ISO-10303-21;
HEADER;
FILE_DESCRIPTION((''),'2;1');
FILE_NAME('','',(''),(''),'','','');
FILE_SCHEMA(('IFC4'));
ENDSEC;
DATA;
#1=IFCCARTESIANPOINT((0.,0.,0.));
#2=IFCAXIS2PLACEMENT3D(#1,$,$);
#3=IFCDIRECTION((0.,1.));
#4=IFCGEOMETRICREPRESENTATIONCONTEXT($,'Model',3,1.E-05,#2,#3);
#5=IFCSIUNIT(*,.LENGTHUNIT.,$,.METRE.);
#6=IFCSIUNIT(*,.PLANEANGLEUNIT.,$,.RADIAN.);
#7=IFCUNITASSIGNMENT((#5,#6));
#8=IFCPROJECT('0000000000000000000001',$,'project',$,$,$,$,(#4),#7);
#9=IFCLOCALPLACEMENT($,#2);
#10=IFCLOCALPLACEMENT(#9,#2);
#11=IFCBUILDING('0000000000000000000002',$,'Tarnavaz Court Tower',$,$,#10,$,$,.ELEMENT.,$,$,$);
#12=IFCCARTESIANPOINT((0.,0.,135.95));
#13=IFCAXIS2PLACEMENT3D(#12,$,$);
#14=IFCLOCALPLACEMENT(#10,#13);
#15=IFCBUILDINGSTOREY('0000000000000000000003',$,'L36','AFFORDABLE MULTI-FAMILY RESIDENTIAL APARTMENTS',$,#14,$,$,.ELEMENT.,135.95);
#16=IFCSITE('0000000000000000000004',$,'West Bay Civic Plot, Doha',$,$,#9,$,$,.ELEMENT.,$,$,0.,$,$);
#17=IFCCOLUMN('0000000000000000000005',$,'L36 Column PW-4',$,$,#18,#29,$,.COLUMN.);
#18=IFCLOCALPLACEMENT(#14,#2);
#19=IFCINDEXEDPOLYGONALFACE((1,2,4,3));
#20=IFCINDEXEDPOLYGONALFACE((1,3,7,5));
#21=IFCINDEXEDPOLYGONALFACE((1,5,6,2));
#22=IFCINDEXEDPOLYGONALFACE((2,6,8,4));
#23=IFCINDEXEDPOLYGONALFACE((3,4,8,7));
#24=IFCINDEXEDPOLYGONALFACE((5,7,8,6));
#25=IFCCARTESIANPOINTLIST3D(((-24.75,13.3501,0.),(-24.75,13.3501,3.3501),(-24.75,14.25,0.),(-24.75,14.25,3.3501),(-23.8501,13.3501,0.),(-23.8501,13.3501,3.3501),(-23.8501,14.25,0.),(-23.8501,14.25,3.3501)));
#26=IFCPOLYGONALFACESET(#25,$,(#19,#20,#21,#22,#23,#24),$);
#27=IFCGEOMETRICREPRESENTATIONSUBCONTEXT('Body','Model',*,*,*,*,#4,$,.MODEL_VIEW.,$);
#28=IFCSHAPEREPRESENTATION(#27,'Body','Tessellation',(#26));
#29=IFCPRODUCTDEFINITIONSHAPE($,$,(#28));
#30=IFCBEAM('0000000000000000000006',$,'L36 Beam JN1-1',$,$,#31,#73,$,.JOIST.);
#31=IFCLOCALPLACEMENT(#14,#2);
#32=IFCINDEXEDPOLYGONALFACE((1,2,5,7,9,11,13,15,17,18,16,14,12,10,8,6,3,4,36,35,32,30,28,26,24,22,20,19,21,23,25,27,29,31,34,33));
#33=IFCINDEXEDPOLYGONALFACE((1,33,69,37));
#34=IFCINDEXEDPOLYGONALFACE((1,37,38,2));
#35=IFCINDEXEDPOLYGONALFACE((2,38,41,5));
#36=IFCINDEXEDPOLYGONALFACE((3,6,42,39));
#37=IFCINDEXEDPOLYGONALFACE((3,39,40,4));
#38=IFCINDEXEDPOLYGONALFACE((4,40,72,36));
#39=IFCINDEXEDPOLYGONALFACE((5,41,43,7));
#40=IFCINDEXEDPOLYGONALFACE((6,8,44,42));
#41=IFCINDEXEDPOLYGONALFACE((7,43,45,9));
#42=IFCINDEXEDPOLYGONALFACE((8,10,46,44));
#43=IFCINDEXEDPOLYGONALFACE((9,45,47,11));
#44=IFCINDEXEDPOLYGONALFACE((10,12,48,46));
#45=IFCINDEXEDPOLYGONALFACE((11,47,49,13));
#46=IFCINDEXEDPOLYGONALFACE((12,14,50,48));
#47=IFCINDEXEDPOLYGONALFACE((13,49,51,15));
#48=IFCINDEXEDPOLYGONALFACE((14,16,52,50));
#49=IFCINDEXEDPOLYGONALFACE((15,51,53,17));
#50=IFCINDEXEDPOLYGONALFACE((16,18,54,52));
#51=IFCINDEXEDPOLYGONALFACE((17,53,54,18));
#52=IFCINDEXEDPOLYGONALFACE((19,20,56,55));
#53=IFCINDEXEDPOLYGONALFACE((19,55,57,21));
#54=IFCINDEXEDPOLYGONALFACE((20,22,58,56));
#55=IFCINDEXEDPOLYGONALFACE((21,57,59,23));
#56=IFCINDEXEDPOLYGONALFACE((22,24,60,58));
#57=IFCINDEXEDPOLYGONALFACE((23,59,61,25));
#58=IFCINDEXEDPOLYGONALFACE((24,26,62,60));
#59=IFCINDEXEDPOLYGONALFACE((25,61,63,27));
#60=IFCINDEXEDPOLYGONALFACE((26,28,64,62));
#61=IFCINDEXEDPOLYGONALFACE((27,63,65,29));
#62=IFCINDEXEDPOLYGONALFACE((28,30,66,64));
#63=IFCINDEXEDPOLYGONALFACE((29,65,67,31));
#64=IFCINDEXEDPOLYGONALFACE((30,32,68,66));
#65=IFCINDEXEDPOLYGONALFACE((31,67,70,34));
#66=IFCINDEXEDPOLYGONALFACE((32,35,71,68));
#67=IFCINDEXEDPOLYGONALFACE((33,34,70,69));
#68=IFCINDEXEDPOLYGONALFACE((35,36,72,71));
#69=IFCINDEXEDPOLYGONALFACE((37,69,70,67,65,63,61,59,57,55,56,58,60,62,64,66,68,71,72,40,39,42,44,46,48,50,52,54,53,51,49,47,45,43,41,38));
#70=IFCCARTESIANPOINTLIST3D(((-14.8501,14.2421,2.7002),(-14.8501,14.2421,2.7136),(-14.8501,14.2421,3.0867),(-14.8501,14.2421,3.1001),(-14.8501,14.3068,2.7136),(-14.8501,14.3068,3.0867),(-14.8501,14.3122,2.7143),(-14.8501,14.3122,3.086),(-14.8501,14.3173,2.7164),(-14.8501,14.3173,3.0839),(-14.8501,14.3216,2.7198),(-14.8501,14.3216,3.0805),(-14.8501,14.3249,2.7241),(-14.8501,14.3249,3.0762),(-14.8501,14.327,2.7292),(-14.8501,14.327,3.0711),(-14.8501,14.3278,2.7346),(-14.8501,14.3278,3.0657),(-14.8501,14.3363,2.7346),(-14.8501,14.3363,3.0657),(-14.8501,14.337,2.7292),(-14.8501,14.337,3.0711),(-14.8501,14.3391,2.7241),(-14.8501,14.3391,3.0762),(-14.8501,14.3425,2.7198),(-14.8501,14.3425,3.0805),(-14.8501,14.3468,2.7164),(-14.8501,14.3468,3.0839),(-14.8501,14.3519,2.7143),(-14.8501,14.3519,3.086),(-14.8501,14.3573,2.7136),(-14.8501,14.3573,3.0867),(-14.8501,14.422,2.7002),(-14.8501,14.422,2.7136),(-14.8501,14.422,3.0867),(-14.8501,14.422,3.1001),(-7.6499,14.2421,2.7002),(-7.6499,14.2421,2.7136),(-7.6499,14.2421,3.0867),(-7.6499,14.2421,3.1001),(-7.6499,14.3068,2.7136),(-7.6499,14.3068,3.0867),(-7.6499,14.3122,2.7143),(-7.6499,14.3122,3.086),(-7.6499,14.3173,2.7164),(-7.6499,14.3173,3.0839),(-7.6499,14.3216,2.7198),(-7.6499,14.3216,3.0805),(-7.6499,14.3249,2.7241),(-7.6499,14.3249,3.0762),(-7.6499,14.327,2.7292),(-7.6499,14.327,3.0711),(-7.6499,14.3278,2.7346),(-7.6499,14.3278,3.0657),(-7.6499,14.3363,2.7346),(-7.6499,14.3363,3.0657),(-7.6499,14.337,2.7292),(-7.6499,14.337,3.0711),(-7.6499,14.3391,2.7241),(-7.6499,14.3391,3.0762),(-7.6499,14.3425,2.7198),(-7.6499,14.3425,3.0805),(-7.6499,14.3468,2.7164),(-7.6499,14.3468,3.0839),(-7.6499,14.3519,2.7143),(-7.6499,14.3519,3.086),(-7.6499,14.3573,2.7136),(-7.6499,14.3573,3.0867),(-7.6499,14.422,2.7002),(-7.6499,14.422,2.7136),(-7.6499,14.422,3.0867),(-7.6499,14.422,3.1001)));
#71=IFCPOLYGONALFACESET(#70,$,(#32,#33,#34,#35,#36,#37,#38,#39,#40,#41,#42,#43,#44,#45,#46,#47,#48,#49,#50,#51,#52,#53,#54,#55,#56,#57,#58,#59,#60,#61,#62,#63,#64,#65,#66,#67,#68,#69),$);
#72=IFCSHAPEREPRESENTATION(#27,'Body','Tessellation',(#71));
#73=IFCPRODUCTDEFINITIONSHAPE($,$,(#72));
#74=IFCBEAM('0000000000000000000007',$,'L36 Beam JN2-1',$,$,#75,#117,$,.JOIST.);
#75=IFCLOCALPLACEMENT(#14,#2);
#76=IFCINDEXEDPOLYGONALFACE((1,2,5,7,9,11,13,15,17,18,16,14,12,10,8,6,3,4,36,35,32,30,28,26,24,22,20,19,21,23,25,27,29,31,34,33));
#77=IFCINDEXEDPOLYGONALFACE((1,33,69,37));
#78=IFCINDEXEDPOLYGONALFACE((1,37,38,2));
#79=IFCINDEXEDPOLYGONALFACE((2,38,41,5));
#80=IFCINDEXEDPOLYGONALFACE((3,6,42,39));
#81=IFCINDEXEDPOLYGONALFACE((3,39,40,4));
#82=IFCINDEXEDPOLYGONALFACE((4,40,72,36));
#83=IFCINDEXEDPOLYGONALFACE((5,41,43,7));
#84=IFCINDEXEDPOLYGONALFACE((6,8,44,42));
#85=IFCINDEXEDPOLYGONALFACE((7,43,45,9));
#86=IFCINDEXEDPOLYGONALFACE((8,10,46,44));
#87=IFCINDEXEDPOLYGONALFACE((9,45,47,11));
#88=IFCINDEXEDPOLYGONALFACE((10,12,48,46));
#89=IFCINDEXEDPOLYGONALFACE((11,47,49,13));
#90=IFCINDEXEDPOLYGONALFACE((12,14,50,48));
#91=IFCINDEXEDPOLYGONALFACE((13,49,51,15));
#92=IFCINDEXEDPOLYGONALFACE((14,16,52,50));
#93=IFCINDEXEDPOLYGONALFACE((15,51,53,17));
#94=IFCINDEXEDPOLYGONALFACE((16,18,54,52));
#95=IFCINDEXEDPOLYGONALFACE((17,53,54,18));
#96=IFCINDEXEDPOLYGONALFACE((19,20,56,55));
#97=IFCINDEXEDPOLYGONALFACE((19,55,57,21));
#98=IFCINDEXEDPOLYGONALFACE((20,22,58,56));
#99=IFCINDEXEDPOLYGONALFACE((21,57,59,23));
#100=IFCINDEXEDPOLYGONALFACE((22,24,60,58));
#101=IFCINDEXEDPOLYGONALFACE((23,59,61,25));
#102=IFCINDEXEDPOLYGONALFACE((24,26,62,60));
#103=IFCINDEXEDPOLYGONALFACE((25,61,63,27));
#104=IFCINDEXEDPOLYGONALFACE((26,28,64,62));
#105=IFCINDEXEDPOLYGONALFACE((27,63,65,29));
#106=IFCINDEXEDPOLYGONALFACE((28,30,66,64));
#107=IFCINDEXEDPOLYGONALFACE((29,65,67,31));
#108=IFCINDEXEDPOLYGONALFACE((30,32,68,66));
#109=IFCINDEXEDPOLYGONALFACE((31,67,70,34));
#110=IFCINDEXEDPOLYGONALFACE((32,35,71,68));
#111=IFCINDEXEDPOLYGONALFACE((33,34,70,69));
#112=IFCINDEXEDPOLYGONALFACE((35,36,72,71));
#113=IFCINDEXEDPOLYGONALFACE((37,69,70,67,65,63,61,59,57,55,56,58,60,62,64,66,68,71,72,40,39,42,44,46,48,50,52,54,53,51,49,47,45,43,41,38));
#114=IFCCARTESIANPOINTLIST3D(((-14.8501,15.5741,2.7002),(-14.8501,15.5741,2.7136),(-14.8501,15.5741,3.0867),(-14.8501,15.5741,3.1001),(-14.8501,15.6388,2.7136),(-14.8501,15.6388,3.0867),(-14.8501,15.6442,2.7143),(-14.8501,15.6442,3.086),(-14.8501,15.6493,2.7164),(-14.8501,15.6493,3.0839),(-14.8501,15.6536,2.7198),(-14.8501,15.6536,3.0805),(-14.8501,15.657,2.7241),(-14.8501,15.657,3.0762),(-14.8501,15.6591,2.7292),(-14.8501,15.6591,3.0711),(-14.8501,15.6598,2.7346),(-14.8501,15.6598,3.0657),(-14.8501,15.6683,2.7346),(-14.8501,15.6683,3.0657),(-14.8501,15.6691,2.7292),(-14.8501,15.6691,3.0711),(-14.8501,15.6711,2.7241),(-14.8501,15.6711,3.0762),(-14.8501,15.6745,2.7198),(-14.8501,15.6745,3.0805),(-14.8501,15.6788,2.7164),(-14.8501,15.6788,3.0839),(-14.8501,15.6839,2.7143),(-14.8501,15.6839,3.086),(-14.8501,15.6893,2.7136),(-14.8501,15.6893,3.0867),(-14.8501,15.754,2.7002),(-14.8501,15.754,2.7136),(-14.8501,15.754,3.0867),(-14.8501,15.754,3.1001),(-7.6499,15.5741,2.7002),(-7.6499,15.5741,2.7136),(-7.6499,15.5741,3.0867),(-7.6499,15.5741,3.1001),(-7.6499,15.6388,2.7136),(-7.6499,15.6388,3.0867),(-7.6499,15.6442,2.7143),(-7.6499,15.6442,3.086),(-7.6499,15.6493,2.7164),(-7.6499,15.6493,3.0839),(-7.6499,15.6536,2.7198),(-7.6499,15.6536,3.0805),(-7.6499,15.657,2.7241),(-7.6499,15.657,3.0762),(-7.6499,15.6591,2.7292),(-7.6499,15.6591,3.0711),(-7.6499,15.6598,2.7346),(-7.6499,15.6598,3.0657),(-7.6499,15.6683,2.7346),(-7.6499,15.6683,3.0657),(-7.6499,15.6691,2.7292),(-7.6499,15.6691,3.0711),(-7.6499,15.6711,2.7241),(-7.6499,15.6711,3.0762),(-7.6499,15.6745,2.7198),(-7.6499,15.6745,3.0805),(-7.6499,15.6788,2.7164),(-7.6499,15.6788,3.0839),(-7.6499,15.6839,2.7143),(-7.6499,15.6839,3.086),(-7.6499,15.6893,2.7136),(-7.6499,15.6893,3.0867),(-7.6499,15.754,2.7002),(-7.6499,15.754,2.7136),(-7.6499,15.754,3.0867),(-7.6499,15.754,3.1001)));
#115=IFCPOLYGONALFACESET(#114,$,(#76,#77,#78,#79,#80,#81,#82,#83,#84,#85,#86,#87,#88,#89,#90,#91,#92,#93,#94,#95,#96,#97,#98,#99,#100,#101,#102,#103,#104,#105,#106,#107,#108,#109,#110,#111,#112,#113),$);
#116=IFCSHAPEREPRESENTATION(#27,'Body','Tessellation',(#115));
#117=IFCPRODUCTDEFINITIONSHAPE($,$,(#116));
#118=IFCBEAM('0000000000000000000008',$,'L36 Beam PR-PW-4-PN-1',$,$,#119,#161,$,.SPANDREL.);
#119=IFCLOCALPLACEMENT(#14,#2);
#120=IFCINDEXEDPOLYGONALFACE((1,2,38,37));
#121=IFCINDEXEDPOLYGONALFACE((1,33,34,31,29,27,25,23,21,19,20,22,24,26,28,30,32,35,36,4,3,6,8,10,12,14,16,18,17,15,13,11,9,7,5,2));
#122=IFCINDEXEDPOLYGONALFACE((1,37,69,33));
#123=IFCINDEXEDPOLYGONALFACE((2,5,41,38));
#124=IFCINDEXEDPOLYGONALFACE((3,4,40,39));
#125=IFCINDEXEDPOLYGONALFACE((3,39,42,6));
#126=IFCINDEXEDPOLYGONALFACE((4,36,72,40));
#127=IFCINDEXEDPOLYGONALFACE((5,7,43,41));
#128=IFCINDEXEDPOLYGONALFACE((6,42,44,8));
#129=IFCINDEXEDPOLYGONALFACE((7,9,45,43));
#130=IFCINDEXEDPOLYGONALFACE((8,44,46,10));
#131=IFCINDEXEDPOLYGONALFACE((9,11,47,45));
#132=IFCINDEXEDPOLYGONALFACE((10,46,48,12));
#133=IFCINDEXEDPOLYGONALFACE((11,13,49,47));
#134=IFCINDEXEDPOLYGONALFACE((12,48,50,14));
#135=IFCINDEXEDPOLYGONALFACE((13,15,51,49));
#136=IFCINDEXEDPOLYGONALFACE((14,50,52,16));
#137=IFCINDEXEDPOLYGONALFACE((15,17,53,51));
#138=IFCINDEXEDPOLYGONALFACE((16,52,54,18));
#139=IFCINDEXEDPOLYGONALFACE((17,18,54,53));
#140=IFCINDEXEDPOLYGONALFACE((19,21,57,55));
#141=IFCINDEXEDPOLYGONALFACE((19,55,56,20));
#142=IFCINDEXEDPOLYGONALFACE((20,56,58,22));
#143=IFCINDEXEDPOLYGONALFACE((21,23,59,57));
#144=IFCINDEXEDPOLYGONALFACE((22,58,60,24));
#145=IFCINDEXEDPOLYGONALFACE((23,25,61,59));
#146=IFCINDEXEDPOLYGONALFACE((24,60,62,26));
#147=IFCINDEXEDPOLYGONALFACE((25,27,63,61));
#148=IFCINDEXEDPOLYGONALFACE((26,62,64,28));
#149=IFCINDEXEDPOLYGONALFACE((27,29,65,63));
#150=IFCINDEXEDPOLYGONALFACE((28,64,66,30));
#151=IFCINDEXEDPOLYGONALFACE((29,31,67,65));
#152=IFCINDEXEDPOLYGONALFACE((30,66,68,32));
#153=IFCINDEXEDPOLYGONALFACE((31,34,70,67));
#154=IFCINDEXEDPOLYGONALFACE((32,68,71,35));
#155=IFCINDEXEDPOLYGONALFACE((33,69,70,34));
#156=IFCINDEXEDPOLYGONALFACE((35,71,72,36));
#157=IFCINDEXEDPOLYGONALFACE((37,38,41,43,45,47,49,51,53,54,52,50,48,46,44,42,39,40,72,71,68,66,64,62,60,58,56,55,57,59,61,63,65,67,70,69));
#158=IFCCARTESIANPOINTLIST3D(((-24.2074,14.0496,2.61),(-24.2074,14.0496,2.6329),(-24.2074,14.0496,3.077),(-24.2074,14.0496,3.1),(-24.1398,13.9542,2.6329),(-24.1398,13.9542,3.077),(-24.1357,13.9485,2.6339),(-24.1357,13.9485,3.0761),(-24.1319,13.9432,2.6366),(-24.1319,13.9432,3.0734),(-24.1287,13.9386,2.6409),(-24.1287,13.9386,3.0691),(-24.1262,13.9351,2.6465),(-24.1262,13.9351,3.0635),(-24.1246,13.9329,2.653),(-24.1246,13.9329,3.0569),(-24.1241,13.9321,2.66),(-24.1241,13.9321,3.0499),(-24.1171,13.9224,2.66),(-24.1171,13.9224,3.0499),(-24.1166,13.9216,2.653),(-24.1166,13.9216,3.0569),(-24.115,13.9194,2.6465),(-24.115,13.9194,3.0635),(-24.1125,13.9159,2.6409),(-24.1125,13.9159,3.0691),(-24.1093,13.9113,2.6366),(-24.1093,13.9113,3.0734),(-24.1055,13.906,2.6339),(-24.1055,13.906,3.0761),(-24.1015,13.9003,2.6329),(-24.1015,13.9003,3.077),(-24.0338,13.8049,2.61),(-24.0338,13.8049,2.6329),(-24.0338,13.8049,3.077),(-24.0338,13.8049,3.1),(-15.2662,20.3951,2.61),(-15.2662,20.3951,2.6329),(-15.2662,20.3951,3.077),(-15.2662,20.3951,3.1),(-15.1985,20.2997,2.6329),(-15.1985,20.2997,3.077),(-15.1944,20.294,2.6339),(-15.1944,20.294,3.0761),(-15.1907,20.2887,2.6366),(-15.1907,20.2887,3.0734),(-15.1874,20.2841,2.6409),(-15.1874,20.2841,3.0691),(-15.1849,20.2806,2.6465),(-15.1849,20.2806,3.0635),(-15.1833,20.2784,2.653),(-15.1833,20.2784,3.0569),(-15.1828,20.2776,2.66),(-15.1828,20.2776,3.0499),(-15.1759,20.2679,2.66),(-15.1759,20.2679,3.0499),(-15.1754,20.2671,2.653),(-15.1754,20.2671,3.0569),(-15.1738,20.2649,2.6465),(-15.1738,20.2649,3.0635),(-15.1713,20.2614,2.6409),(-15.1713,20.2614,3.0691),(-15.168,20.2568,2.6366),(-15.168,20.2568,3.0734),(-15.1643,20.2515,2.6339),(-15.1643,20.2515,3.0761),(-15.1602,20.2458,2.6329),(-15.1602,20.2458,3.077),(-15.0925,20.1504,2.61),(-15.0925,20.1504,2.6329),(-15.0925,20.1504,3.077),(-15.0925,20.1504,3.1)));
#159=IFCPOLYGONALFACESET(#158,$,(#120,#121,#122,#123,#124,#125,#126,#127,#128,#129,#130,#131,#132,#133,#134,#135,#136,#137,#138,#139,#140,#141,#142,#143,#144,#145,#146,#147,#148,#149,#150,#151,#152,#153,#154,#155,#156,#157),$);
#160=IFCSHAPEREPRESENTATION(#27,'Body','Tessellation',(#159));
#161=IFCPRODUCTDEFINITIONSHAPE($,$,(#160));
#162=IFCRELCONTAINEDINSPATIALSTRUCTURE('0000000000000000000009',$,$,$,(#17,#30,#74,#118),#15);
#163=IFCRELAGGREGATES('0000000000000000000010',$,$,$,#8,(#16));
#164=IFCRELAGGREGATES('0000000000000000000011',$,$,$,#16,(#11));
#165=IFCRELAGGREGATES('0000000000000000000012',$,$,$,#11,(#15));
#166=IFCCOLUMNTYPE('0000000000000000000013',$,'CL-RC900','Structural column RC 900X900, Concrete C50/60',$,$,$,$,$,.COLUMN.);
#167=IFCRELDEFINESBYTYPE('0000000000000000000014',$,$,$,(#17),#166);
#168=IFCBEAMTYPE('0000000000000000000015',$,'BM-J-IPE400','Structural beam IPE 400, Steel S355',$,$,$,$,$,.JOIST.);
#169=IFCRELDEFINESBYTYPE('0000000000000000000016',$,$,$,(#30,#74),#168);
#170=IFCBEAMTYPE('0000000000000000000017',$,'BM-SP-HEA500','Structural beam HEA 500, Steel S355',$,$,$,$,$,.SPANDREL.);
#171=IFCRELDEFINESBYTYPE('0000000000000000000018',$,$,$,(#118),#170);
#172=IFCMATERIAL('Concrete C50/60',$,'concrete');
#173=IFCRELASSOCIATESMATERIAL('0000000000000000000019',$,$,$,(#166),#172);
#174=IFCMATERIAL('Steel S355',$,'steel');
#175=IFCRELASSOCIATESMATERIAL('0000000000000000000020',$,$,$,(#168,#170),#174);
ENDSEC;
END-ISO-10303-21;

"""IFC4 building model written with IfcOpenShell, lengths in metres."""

from ifc_helpers import new_model, si_unit, direction, frame, origin, origin_2d, place, context, subcontext, project, spatial, rectangle, i_section, extrude, material, material_profile, profile_set, type_object, element, save


model = new_model("IFC4")

# Units and contexts
model_context = context("Model", 3, precision=1e-05, world=origin(), true_north=direction((0.0, 1.0)))
body_context = subcontext(model_context, "Body", "Model", "MODEL_VIEW")
ifc_project = project(units=[si_unit("LENGTHUNIT", "METRE"), si_unit("PLANEANGLEUNIT", "RADIAN")], contexts=[model_context])

# Site, building, storey
site_placement = place(None, origin())
site = spatial("IfcSite", under=ifc_project, at=site_placement, Name="West Bay Civic Plot, Doha", CompositionType="ELEMENT", RefElevation=0.0)
building_placement = place(site_placement, origin())
building = spatial("IfcBuilding", under=site, at=building_placement, Name="Tarnavaz Court Tower", CompositionType="ELEMENT")
storey_placement = place(building_placement, frame((0.0, 0.0, 135.95)))
storey = spatial("IfcBuildingStorey", under=building, at=storey_placement, Name="L36", Description="AFFORDABLE MULTI-FAMILY RESIDENTIAL APARTMENTS", CompositionType="ELEMENT", Elevation=135.95)

# Column
ifc_material_1 = material(Name="Concrete C50/60", Category="concrete")
ifc_material_profile_1 = material_profile(ifc_material_1, rectangle(XDim=0.8999, YDim=0.8999, at=origin_2d()), Name="RC 900X900")
ifc_profile_set_1 = profile_set([ifc_material_profile_1], Name="Concrete C50/60")
column_type = type_object("IfcColumnType", Name="CL-RC900", Description="Structural column RC 900X900, Concrete C50/60", PredefinedType="COLUMN", material=ifc_profile_set_1)
column_placement = place(storey_placement, frame((-24.3, 13.8, 0.0), z_axis=(0.0, 0.0, 1.0), x_axis=(1.0, 0.0, 0.0)))
element("IfcColumn", 1, at=column_placement, inside=storey, type_object=column_type, Name="L36 Column PW-4", PredefinedType="COLUMN", context=body_context, shape_type="SweptSolid", body=[
    extrude(rectangle(XDim=0.8999, YDim=0.8999, at=origin_2d()), origin(), (0.0, 0.0, 1.0), 3.3501),
])

# Beams
ifc_material_2 = material(Name="Steel S355", Category="steel")
ifc_material_profile_2 = material_profile(ifc_material_2, i_section(OverallWidth=0.1799, OverallDepth=0.3999, WebThickness=0.0085, FlangeThickness=0.0134, FilletRadius=0.021, at=origin_2d()), Name="IPE 400")
ifc_profile_set_2 = profile_set([ifc_material_profile_2], Name="Steel S355")
beam_type_1 = type_object("IfcBeamType", Name="BM-J-IPE400", Description="Structural beam IPE 400, Steel S355", PredefinedType="JOIST", material=ifc_profile_set_2)
for number, where, z_axis, x_axis, name in (
    (2, (-14.8501, 14.332, 2.9001), (1.0, 0.0, 0.0), (0.0, 1.0, 0.0), "L36 Beam JN1-1"),
    (3, (-14.8501, 15.6641, 2.9001), (1.0, 0.0, 0.0), (0.0, 1.0, 0.0), "L36 Beam JN2-1"),
):
    element("IfcBeam", number, at=place(storey_placement, frame(where, z_axis=z_axis, x_axis=x_axis)), inside=storey, type_object=beam_type_1, Name=name, PredefinedType="JOIST", context=body_context, shape_type="SweptSolid", body=[
        extrude(i_section(OverallWidth=0.1799, OverallDepth=0.3999, WebThickness=0.0085, FlangeThickness=0.0134, FilletRadius=0.021, at=origin_2d()), origin(), (0.0, 0.0, 1.0), 7.2002),
    ])
ifc_material_profile_3 = material_profile(ifc_material_2, i_section(OverallWidth=0.3, OverallDepth=0.49, WebThickness=0.012, FlangeThickness=0.0229, FilletRadius=0.0271, at=origin_2d()), Name="HEA 500")
ifc_profile_set_3 = profile_set([ifc_material_profile_3], Name="Steel S355")
beam_type_2 = type_object("IfcBeamType", Name="BM-SP-HEA500", Description="Structural beam HEA 500, Steel S355", PredefinedType="SPANDREL", material=ifc_profile_set_3)
beam_placement = place(storey_placement, frame((-24.1206, 13.9272, 2.855), z_axis=(0.815502, 0.578754, 0.0), x_axis=(-0.578754, 0.815502, 0.0)))
element("IfcBeam", 4, at=beam_placement, inside=storey, type_object=beam_type_2, Name="L36 Beam PR-PW-4-PN-1", PredefinedType="SPANDREL", context=body_context, shape_type="SweptSolid", body=[
    extrude(i_section(OverallWidth=0.3, OverallDepth=0.49, WebThickness=0.012, FlangeThickness=0.0229, FilletRadius=0.0271, at=origin_2d()), origin(), (0.0, 0.0, 1.0), 10.9641),
])

save(model, "model.ifc")
